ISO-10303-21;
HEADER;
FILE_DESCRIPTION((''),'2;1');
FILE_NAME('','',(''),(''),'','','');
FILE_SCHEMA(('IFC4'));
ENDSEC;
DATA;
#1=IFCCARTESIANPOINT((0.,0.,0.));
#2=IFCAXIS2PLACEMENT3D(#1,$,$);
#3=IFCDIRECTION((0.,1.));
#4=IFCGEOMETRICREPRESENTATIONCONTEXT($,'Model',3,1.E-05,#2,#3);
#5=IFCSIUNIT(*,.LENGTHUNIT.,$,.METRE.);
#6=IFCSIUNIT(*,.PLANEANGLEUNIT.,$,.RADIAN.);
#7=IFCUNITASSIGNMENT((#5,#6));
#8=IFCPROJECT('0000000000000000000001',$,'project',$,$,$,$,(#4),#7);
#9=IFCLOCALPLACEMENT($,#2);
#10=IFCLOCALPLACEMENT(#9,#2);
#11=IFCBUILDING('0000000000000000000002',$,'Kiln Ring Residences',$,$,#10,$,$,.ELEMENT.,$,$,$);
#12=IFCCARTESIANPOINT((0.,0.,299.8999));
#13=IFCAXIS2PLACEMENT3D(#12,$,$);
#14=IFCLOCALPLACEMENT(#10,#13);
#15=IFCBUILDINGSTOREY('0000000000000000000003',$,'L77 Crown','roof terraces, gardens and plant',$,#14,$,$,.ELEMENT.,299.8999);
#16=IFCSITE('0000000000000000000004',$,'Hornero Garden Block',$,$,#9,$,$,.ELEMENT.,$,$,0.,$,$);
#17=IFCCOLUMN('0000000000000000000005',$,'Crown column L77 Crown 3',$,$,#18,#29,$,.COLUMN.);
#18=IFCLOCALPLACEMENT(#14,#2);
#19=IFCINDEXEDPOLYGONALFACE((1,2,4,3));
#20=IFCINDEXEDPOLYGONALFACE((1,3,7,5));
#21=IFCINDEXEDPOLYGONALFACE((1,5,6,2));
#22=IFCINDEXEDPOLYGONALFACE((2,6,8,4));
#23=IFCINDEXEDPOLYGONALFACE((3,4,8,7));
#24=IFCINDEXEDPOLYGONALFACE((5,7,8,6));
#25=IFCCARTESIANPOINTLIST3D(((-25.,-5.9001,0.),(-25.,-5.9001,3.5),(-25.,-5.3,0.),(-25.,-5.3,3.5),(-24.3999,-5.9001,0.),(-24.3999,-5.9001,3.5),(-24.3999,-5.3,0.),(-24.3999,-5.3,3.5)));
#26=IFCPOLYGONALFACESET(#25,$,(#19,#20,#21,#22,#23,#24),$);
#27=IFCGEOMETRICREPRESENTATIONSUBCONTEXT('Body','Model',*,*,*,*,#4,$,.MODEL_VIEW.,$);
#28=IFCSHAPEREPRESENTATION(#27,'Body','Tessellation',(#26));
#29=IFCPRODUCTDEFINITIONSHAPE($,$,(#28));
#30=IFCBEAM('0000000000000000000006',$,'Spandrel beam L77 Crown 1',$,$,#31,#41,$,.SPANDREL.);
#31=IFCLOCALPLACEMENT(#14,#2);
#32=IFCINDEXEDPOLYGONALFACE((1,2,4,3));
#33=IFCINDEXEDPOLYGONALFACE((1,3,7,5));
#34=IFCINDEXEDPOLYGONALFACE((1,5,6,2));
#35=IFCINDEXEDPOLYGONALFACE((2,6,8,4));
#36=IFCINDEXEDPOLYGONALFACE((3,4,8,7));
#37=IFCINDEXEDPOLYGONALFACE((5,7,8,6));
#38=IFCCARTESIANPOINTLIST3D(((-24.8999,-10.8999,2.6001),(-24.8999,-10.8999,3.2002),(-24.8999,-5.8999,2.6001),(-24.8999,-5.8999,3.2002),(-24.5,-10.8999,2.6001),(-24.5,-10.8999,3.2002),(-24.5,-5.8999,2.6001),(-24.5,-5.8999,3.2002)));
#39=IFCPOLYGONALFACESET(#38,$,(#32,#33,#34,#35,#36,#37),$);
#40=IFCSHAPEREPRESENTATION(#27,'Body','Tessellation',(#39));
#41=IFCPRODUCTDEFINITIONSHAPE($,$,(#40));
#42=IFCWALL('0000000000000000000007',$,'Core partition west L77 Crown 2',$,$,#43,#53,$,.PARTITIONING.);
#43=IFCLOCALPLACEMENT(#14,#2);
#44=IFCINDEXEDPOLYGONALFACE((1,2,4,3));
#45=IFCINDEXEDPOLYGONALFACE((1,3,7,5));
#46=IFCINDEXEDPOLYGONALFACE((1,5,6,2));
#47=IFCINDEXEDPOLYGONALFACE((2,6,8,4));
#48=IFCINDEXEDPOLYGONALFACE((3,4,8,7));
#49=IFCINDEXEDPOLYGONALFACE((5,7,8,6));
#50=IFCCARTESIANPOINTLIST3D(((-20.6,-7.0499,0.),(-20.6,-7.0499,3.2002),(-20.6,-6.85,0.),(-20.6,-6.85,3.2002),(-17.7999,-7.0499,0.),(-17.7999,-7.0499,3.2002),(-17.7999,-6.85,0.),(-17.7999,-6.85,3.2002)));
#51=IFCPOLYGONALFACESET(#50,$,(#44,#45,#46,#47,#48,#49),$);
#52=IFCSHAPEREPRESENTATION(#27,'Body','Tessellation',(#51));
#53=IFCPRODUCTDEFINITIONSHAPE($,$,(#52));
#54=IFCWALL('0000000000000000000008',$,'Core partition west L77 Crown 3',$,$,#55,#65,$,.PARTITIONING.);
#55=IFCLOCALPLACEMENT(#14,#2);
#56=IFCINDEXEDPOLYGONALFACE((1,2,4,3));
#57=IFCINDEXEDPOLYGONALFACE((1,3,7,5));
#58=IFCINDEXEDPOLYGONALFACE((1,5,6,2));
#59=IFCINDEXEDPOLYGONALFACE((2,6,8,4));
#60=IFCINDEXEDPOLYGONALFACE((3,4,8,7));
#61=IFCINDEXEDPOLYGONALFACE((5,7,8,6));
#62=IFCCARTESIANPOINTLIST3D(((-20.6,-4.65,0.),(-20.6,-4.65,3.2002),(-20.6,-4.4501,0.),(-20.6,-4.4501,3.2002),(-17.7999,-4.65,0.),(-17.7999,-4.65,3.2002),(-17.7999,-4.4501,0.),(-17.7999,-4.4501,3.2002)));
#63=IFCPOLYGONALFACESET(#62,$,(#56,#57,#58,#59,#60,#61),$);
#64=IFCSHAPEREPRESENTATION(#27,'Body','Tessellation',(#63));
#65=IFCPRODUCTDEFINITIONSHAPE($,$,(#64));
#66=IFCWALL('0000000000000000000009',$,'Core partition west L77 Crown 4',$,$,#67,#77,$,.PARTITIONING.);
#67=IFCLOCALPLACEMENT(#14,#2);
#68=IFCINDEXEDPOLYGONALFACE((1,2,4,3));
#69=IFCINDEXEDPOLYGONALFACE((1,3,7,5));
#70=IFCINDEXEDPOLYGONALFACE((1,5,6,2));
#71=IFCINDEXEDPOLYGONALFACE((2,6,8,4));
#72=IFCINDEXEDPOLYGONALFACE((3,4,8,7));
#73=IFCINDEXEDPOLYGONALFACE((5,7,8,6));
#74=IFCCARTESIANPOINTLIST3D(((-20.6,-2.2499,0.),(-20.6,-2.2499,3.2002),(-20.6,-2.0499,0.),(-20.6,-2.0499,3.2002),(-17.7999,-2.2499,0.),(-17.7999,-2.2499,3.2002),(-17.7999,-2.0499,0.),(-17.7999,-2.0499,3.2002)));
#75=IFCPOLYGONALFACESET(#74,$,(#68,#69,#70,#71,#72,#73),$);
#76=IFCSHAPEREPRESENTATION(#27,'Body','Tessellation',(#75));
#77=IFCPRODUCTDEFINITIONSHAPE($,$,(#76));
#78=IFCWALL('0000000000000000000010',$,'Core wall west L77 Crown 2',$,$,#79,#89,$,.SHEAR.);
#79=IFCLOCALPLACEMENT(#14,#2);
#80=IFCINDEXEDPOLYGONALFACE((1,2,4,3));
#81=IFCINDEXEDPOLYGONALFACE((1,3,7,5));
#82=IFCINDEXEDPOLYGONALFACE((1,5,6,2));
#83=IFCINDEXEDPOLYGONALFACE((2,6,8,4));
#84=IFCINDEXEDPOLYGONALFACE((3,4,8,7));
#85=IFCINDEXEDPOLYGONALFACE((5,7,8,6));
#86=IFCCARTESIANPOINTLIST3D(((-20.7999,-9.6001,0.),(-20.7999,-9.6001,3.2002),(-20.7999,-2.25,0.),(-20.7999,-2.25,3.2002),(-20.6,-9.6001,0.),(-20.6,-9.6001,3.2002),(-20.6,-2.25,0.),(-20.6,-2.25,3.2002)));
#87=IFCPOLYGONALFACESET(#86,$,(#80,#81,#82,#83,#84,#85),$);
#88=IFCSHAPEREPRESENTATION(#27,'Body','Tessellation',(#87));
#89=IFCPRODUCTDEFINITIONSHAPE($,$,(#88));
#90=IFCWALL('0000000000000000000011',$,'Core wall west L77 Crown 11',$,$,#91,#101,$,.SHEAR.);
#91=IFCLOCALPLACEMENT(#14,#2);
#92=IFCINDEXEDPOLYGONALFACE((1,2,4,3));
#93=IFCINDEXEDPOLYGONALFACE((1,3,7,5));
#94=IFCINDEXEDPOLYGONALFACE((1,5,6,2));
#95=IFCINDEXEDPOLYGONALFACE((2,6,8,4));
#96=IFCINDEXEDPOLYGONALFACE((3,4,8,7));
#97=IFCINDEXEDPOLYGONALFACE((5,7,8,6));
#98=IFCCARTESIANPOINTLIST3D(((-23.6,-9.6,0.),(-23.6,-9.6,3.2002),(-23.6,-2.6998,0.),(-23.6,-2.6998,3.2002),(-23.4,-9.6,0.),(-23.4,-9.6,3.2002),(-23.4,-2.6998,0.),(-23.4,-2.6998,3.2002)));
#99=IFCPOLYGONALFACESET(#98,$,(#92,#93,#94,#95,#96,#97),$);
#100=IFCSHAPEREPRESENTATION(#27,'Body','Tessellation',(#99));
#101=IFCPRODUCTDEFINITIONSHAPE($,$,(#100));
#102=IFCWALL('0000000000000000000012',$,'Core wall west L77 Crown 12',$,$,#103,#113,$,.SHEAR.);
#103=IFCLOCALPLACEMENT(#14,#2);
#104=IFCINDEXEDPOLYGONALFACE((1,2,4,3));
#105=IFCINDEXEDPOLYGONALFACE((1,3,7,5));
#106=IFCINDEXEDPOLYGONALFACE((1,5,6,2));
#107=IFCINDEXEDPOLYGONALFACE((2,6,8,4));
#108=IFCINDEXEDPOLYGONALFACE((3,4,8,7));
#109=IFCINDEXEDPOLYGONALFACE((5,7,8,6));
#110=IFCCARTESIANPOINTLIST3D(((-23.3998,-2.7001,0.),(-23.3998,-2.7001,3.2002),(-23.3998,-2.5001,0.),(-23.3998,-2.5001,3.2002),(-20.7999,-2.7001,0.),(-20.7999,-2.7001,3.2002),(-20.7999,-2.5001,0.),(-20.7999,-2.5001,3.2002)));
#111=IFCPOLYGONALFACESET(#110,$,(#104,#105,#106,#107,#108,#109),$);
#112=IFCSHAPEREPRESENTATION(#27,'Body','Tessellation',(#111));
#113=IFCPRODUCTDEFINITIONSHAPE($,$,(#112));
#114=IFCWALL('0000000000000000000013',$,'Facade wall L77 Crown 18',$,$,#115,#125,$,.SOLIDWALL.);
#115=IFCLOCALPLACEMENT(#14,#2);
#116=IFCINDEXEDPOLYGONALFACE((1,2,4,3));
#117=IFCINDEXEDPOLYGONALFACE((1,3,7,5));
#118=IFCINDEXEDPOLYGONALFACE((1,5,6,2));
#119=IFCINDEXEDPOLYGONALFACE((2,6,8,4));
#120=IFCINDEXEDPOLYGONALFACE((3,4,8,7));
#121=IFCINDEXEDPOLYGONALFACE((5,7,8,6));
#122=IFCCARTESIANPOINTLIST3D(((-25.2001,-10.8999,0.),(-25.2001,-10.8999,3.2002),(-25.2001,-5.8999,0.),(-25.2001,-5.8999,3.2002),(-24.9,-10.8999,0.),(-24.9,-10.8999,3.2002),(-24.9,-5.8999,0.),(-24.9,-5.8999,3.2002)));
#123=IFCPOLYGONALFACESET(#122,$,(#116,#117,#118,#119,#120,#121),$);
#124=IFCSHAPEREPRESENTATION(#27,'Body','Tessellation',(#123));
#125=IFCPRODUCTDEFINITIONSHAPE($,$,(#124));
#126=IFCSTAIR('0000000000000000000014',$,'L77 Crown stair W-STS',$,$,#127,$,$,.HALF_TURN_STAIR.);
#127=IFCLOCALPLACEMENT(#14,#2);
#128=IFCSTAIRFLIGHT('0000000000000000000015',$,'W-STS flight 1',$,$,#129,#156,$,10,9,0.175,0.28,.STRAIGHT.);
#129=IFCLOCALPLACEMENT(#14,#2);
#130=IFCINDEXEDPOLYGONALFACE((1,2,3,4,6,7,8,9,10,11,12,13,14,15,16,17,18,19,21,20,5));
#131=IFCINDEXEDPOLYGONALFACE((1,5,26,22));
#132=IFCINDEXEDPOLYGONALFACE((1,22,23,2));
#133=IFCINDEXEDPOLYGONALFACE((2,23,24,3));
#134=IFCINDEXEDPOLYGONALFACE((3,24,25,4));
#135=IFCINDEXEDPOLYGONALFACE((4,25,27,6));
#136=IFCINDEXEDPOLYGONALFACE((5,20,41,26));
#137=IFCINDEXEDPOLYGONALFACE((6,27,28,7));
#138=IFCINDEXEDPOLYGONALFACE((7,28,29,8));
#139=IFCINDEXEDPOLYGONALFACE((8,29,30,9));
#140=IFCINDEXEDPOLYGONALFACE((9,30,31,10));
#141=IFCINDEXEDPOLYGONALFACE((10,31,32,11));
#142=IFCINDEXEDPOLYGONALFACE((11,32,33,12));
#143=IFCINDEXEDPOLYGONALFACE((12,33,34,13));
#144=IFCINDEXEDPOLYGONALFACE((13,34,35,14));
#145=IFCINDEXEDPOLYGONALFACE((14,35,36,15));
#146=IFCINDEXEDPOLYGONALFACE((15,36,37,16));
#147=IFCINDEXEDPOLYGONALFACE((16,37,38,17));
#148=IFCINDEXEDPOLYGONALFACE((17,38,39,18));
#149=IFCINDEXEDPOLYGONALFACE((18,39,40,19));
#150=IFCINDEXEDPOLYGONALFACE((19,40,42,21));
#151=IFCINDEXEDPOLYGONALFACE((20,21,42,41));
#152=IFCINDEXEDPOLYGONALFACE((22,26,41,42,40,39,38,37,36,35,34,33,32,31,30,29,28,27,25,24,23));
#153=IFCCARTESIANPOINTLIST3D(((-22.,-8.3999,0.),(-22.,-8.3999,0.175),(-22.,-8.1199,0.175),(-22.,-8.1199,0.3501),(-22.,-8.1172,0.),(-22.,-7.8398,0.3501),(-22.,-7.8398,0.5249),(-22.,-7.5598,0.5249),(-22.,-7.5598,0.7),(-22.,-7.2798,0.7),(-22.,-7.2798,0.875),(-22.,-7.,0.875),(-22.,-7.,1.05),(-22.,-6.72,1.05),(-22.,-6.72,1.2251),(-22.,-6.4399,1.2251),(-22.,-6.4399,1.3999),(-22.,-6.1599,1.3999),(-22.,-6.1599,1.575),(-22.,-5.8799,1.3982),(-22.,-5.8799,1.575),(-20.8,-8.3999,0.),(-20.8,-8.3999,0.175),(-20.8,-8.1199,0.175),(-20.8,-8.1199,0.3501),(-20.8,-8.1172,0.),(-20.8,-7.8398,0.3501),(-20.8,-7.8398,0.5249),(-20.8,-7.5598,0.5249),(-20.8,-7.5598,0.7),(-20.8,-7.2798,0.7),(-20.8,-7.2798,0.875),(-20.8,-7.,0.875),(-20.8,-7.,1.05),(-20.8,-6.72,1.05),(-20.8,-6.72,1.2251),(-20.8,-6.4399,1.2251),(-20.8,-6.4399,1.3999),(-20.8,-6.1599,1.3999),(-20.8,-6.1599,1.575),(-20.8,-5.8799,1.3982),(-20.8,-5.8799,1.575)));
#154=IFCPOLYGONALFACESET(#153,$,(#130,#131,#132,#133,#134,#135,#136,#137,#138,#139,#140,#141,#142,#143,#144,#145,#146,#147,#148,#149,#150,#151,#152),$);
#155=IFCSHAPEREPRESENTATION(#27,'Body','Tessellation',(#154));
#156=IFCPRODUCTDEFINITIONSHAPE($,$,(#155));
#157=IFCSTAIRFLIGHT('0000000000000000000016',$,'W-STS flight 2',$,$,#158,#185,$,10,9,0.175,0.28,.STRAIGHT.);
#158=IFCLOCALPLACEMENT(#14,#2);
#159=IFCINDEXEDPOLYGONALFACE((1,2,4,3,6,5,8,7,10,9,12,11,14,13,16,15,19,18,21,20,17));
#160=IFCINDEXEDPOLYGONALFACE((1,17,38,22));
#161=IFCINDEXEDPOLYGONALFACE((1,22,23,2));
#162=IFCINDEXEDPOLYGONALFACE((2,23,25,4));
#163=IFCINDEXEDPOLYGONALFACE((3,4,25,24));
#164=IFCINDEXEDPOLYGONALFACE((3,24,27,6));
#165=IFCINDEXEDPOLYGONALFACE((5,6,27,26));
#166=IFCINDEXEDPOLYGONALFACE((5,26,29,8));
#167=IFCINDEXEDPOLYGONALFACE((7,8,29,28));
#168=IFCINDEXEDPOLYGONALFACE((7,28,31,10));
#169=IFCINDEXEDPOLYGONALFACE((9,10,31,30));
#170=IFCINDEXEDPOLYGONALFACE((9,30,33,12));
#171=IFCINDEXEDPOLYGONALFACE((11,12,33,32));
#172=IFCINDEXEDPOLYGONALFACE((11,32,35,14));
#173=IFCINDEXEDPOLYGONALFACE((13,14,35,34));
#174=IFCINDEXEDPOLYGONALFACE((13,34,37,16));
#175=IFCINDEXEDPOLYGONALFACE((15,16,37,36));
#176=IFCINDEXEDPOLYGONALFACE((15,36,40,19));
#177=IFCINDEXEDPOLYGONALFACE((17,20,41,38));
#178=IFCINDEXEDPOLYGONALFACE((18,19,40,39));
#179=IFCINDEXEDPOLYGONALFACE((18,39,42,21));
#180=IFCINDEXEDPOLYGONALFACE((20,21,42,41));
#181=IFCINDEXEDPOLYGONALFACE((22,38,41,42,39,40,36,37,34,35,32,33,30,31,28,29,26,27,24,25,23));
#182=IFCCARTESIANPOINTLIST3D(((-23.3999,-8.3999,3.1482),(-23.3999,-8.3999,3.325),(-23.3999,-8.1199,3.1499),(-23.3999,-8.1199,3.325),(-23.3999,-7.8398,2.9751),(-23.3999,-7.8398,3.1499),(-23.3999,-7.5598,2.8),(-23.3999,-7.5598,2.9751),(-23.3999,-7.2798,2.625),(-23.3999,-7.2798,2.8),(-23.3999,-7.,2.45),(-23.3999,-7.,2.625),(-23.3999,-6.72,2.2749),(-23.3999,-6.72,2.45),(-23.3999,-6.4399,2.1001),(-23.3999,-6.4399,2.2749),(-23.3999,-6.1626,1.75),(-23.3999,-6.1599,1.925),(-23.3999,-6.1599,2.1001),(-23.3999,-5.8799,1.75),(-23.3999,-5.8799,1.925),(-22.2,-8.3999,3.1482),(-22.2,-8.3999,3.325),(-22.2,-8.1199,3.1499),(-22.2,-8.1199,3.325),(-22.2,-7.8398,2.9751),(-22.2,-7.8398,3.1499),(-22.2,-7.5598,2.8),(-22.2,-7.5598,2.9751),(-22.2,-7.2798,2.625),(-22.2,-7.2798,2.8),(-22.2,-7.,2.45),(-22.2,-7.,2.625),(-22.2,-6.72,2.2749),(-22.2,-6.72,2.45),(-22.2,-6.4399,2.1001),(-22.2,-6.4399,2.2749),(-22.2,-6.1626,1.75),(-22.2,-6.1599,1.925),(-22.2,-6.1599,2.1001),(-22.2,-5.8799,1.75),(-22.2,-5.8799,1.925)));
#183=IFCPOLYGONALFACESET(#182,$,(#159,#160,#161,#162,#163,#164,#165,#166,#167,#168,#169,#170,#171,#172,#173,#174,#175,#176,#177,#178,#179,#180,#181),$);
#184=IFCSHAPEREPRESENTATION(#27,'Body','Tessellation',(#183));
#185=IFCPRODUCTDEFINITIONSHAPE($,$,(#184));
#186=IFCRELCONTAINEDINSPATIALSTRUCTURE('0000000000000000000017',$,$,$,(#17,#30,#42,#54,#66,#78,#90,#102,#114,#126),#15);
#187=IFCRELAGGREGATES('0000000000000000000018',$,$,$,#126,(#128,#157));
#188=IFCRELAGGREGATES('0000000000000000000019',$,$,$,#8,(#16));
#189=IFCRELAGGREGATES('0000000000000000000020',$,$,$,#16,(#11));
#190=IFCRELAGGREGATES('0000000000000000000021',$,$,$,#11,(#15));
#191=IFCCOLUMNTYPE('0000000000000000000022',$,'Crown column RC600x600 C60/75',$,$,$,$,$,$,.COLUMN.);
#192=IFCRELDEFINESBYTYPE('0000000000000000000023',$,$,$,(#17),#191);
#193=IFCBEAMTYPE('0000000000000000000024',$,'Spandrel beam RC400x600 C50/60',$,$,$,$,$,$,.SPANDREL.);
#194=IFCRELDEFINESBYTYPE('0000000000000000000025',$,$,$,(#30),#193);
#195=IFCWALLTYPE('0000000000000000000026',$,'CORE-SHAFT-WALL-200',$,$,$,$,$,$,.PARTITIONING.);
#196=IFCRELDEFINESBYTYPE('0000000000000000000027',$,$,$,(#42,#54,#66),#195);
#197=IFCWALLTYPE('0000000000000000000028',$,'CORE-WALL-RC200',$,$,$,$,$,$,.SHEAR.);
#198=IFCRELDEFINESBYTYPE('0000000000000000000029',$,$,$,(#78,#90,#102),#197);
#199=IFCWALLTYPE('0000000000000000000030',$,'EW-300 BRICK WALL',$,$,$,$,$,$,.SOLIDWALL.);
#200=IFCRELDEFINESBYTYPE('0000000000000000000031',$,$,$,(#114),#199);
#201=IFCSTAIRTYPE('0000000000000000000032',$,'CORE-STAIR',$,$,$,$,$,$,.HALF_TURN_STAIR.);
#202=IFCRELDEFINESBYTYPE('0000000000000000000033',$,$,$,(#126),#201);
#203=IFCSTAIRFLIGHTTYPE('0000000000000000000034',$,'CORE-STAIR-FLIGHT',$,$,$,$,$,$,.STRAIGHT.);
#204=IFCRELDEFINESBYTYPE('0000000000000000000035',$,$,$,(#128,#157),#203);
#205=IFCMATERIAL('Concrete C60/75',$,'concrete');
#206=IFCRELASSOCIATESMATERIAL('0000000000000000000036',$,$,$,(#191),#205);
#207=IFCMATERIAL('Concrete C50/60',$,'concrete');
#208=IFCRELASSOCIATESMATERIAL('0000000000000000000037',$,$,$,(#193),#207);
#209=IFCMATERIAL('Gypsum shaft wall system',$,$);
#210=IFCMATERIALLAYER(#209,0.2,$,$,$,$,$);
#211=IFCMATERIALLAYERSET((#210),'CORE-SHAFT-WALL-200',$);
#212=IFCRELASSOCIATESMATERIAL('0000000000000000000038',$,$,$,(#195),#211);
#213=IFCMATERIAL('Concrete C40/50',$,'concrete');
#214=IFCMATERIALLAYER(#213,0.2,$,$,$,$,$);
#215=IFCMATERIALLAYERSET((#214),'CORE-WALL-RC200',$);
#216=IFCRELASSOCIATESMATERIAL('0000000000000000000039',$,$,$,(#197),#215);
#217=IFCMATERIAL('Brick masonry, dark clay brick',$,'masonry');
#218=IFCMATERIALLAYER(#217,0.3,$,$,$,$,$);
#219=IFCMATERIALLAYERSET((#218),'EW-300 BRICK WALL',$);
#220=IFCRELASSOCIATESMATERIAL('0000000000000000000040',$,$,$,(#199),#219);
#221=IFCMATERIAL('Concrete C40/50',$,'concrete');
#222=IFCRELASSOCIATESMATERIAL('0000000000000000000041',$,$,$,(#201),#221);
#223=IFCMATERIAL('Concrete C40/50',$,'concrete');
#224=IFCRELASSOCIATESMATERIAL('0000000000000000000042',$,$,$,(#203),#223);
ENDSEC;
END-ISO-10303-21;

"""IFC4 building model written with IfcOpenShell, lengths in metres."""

from ifc_helpers import new_model, si_unit, direction, frame, frame_2d, origin, origin_2d, place, context, subcontext, project, spatial, polyline, rectangle, outline, extrude, material, layer, layer_set, material_profile, profile_set, type_object, element, aggregate, save


model = new_model("IFC4")

# Units and contexts
model_context = context("Model", 3, precision=1e-05, world=origin(), true_north=direction((0.0, 1.0)))
body_context = subcontext(model_context, "Body", "Model", "MODEL_VIEW")
ifc_project = project(units=[si_unit("LENGTHUNIT", "METRE"), si_unit("PLANEANGLEUNIT", "RADIAN")], contexts=[model_context])

# Site, building, storey
site_placement = place(None, origin())
site = spatial("IfcSite", under=ifc_project, at=site_placement, Name="Hornero Garden Block", CompositionType="ELEMENT", RefElevation=0.0)
building_placement = place(site_placement, origin())
building = spatial("IfcBuilding", under=site, at=building_placement, Name="Kiln Ring Residences", CompositionType="ELEMENT")
storey_placement = place(building_placement, frame((0.0, 0.0, 299.8999)))
storey = spatial("IfcBuildingStorey", under=building, at=storey_placement, Name="L77 Crown", Description="roof terraces, gardens and plant", CompositionType="ELEMENT", Elevation=299.8999)

# Column
ifc_material_1 = material(Name="Concrete C60/75", Category="concrete")
ifc_material_profile_1 = material_profile(ifc_material_1, rectangle(XDim=0.6001, YDim=0.6001, at=origin_2d()), Name="RC600x600")
ifc_profile_set_1 = profile_set([ifc_material_profile_1], Name="Concrete C60/75")
column_type = type_object("IfcColumnType", Name="Crown column RC600x600 C60/75", PredefinedType="COLUMN", material=ifc_profile_set_1)
column_placement = place(storey_placement, frame((-24.7, -5.6001, 0.0), z_axis=(0.0, 0.0, 1.0), x_axis=(1.0, 0.0, 0.0)))
element("IfcColumn", 1, at=column_placement, inside=storey, type_object=column_type, Name="Crown column L77 Crown 3", PredefinedType="COLUMN", context=body_context, shape_type="SweptSolid", body=[
    extrude(rectangle(XDim=0.6001, YDim=0.6001, at=origin_2d()), origin(), (0.0, 0.0, 1.0), 3.5),
])

# Beam
ifc_material_2 = material(Name="Concrete C50/60", Category="concrete")
ifc_material_profile_2 = material_profile(ifc_material_2, rectangle(XDim=0.3999, YDim=0.6001, at=origin_2d()), Name="RC400x600")
ifc_profile_set_2 = profile_set([ifc_material_profile_2], Name="Concrete C50/60")
beam_type = type_object("IfcBeamType", Name="Spandrel beam RC400x600 C50/60", PredefinedType="SPANDREL", material=ifc_profile_set_2)
beam_placement = place(storey_placement, frame((-24.7, -5.8999, 2.9001), z_axis=(0.0, -1.0, 0.0), x_axis=(1.0, 0.0, 0.0)))
element("IfcBeam", 2, at=beam_placement, inside=storey, type_object=beam_type, Name="Spandrel beam L77 Crown 1", PredefinedType="SPANDREL", context=body_context, shape_type="SweptSolid", body=[
    extrude(rectangle(XDim=0.3999, YDim=0.6001, at=origin_2d()), origin(), (0.0, 0.0, 1.0), 5.0),
])

# Walls
ifc_material_3 = material(Name="Gypsum shaft wall system")
ifc_layer_1 = layer(ifc_material_3, 0.2)
ifc_layer_set_1 = layer_set([ifc_layer_1], Name="CORE-SHAFT-WALL-200")
wall_type_1 = type_object("IfcWallType", Name="CORE-SHAFT-WALL-200", PredefinedType="PARTITIONING", material=ifc_layer_set_1)
for number, where, z_axis, x_axis, name in (
    (3, (-17.8, -6.95, 0.0), (0.0, 0.0, 1.0), (-1.0, 0.0, 0.0), "Core partition west L77 Crown 2"),
    (4, (-17.8, -4.55, 0.0), (0.0, 0.0, 1.0), (-1.0, 0.0, 0.0), "Core partition west L77 Crown 3"),
    (5, (-17.8, -2.1499, 0.0), (0.0, 0.0, 1.0), (-1.0, 0.0, 0.0), "Core partition west L77 Crown 4"),
):
    element("IfcWall", number, at=place(storey_placement, frame(where, z_axis=z_axis, x_axis=x_axis)), inside=storey, type_object=wall_type_1, Name=name, PredefinedType="PARTITIONING", context=body_context, shape_type="SweptSolid", body=[
        extrude(rectangle(XDim=2.8, YDim=0.2, at=frame_2d((1.3999, 0.0))), origin(), (0.0, 0.0, 1.0), 3.2002),
    ])
ifc_material_4 = material(Name="Concrete C40/50", Category="concrete")
ifc_layer_2 = layer(ifc_material_4, 0.2)
ifc_layer_set_2 = layer_set([ifc_layer_2], Name="CORE-WALL-RC200")
wall_type_2 = type_object("IfcWallType", Name="CORE-WALL-RC200", PredefinedType="SHEAR", material=ifc_layer_set_2)
wall_1_placement = place(storey_placement, frame((-20.7, -9.6001, 0.0), z_axis=(0.0, 0.0, 1.0), x_axis=(0.0, 1.0, 0.0)))
element("IfcWall", 6, at=wall_1_placement, inside=storey, type_object=wall_type_2, Name="Core wall west L77 Crown 2", PredefinedType="SHEAR", context=body_context, shape_type="SweptSolid", body=[
    extrude(rectangle(XDim=7.3501, YDim=0.2, at=frame_2d((3.675, 0.0))), origin(), (0.0, 0.0, 1.0), 3.2002),
])
wall_2_placement = place(storey_placement, frame((-23.5, -9.6001, 0.0), z_axis=(0.0, 0.0, 1.0), x_axis=(0.0, 1.0, 0.0)))
element("IfcWall", 7, at=wall_2_placement, inside=storey, type_object=wall_type_2, Name="Core wall west L77 Crown 11", PredefinedType="SHEAR", context=body_context, shape_type="SweptSolid", body=[
    extrude(rectangle(XDim=6.9001, YDim=0.2, at=frame_2d((3.4502, 0.0))), origin(), (0.0, 0.0, 1.0), 3.2002),
])
wall_3_placement = place(storey_placement, frame((-20.8, -2.6001, 0.0), z_axis=(0.0, 0.0, 1.0), x_axis=(-1.0, 0.0, 0.0)))
element("IfcWall", 8, at=wall_3_placement, inside=storey, type_object=wall_type_2, Name="Core wall west L77 Crown 12", PredefinedType="SHEAR", context=body_context, shape_type="SweptSolid", body=[
    extrude(rectangle(XDim=2.5999, YDim=0.2, at=frame_2d((1.2998, 0.0))), origin(), (0.0, 0.0, 1.0), 3.2002),
])
ifc_material_5 = material(Name="Brick masonry, dark clay brick", Category="masonry")
ifc_layer_3 = layer(ifc_material_5, 0.3)
ifc_layer_set_3 = layer_set([ifc_layer_3], Name="EW-300 BRICK WALL")
wall_type_3 = type_object("IfcWallType", Name="EW-300 BRICK WALL", PredefinedType="SOLIDWALL", material=ifc_layer_set_3)
wall_4_placement = place(storey_placement, frame((-25.05, -5.8999, 0.0), z_axis=(0.0, 0.0, 1.0), x_axis=(0.0, -1.0, 0.0)))
element("IfcWall", 9, at=wall_4_placement, inside=storey, type_object=wall_type_3, Name="Facade wall L77 Crown 18", PredefinedType="SOLIDWALL", context=body_context, shape_type="SweptSolid", body=[
    extrude(rectangle(XDim=5.0, YDim=0.3, at=frame_2d((2.5, 0.0))), origin(), (0.0, 0.0, 1.0), 3.2002),
])

# Stair, stair flights
ifc_material_6 = material(Name="Concrete C40/50", Category="concrete")
stair_type = type_object("IfcStairType", Name="CORE-STAIR", PredefinedType="HALF_TURN_STAIR", material=ifc_material_6)
stair_placement = place(storey_placement, origin())
stair = element("IfcStair", 10, at=stair_placement, inside=storey, type_object=stair_type, Name="L77 Crown stair W-STS", PredefinedType="HALF_TURN_STAIR")
ifc_material_7 = material(Name="Concrete C40/50", Category="concrete")
stair_flight_type = type_object("IfcStairFlightType", Name="CORE-STAIR-FLIGHT", PredefinedType="STRAIGHT", material=ifc_material_7)
stair_flight_1_placement = place(storey_placement, frame((-21.3999, -8.3999, 0.0), z_axis=(0.0, 0.0, 1.0), x_axis=(0.0, 1.0, 0.0)))
stair_flight_1 = element("IfcStairFlight", 11, at=stair_flight_1_placement, type_object=stair_flight_type, Name="W-STS flight 1", NumberOfRisers=10, NumberOfTreads=9, PredefinedType="STRAIGHT", RiserHeight=0.175, TreadLength=0.28, context=body_context, shape_type="SweptSolid", body=[
    extrude(outline(polyline([(0.0, 0.0), (0.0, 0.175), (0.28, 0.175), (0.28, 0.3501), (0.5601, 0.3501), (0.5601, 0.5249), (0.8401, 0.5249), (0.8401, 0.7), (1.1201, 0.7), (1.1201, 0.875), (1.3999, 0.875), (1.3999, 1.05), (1.6799, 1.05), (1.6799, 1.2251), (1.96, 1.2251), (1.96, 1.3999), (2.24, 1.3999), (2.24, 1.575), (2.52, 1.575), (2.52, 1.75), (2.52, 1.3982), (0.2827, 0.0), (0.0, 0.0)])), frame((0.0, 0.6001, 0.0), z_axis=(0.0, -1.0, 0.0), x_axis=(1.0, 0.0, 0.0)), (0.0, 0.0, 1.0), 1.2),
])
stair_flight_2_placement = place(storey_placement, frame((-22.8, -5.8799, 1.75), z_axis=(0.0, 0.0, 1.0), x_axis=(0.0, -1.0, 0.0)))
stair_flight_2 = element("IfcStairFlight", 12, at=stair_flight_2_placement, type_object=stair_flight_type, Name="W-STS flight 2", NumberOfRisers=10, NumberOfTreads=9, PredefinedType="STRAIGHT", RiserHeight=0.175, TreadLength=0.28, context=body_context, shape_type="SweptSolid", body=[
    extrude(outline(polyline([(0.0, 0.0), (0.0, 0.175), (0.28, 0.175), (0.28, 0.3501), (0.5601, 0.3501), (0.5601, 0.5249), (0.8401, 0.5249), (0.8401, 0.7), (1.1201, 0.7), (1.1201, 0.875), (1.3999, 0.875), (1.3999, 1.05), (1.6799, 1.05), (1.6799, 1.2251), (1.96, 1.2251), (1.96, 1.3999), (2.24, 1.3999), (2.24, 1.575), (2.52, 1.575), (2.52, 1.75), (2.52, 1.3982), (0.2827, 0.0), (0.0, 0.0)])), frame((0.0, 0.6001, 0.0), z_axis=(0.0, -1.0, 0.0), x_axis=(1.0, 0.0, 0.0)), (0.0, 0.0, 1.0), 1.2),
])
aggregate(stair, [stair_flight_1, stair_flight_2])

save(model, "model.ifc")
